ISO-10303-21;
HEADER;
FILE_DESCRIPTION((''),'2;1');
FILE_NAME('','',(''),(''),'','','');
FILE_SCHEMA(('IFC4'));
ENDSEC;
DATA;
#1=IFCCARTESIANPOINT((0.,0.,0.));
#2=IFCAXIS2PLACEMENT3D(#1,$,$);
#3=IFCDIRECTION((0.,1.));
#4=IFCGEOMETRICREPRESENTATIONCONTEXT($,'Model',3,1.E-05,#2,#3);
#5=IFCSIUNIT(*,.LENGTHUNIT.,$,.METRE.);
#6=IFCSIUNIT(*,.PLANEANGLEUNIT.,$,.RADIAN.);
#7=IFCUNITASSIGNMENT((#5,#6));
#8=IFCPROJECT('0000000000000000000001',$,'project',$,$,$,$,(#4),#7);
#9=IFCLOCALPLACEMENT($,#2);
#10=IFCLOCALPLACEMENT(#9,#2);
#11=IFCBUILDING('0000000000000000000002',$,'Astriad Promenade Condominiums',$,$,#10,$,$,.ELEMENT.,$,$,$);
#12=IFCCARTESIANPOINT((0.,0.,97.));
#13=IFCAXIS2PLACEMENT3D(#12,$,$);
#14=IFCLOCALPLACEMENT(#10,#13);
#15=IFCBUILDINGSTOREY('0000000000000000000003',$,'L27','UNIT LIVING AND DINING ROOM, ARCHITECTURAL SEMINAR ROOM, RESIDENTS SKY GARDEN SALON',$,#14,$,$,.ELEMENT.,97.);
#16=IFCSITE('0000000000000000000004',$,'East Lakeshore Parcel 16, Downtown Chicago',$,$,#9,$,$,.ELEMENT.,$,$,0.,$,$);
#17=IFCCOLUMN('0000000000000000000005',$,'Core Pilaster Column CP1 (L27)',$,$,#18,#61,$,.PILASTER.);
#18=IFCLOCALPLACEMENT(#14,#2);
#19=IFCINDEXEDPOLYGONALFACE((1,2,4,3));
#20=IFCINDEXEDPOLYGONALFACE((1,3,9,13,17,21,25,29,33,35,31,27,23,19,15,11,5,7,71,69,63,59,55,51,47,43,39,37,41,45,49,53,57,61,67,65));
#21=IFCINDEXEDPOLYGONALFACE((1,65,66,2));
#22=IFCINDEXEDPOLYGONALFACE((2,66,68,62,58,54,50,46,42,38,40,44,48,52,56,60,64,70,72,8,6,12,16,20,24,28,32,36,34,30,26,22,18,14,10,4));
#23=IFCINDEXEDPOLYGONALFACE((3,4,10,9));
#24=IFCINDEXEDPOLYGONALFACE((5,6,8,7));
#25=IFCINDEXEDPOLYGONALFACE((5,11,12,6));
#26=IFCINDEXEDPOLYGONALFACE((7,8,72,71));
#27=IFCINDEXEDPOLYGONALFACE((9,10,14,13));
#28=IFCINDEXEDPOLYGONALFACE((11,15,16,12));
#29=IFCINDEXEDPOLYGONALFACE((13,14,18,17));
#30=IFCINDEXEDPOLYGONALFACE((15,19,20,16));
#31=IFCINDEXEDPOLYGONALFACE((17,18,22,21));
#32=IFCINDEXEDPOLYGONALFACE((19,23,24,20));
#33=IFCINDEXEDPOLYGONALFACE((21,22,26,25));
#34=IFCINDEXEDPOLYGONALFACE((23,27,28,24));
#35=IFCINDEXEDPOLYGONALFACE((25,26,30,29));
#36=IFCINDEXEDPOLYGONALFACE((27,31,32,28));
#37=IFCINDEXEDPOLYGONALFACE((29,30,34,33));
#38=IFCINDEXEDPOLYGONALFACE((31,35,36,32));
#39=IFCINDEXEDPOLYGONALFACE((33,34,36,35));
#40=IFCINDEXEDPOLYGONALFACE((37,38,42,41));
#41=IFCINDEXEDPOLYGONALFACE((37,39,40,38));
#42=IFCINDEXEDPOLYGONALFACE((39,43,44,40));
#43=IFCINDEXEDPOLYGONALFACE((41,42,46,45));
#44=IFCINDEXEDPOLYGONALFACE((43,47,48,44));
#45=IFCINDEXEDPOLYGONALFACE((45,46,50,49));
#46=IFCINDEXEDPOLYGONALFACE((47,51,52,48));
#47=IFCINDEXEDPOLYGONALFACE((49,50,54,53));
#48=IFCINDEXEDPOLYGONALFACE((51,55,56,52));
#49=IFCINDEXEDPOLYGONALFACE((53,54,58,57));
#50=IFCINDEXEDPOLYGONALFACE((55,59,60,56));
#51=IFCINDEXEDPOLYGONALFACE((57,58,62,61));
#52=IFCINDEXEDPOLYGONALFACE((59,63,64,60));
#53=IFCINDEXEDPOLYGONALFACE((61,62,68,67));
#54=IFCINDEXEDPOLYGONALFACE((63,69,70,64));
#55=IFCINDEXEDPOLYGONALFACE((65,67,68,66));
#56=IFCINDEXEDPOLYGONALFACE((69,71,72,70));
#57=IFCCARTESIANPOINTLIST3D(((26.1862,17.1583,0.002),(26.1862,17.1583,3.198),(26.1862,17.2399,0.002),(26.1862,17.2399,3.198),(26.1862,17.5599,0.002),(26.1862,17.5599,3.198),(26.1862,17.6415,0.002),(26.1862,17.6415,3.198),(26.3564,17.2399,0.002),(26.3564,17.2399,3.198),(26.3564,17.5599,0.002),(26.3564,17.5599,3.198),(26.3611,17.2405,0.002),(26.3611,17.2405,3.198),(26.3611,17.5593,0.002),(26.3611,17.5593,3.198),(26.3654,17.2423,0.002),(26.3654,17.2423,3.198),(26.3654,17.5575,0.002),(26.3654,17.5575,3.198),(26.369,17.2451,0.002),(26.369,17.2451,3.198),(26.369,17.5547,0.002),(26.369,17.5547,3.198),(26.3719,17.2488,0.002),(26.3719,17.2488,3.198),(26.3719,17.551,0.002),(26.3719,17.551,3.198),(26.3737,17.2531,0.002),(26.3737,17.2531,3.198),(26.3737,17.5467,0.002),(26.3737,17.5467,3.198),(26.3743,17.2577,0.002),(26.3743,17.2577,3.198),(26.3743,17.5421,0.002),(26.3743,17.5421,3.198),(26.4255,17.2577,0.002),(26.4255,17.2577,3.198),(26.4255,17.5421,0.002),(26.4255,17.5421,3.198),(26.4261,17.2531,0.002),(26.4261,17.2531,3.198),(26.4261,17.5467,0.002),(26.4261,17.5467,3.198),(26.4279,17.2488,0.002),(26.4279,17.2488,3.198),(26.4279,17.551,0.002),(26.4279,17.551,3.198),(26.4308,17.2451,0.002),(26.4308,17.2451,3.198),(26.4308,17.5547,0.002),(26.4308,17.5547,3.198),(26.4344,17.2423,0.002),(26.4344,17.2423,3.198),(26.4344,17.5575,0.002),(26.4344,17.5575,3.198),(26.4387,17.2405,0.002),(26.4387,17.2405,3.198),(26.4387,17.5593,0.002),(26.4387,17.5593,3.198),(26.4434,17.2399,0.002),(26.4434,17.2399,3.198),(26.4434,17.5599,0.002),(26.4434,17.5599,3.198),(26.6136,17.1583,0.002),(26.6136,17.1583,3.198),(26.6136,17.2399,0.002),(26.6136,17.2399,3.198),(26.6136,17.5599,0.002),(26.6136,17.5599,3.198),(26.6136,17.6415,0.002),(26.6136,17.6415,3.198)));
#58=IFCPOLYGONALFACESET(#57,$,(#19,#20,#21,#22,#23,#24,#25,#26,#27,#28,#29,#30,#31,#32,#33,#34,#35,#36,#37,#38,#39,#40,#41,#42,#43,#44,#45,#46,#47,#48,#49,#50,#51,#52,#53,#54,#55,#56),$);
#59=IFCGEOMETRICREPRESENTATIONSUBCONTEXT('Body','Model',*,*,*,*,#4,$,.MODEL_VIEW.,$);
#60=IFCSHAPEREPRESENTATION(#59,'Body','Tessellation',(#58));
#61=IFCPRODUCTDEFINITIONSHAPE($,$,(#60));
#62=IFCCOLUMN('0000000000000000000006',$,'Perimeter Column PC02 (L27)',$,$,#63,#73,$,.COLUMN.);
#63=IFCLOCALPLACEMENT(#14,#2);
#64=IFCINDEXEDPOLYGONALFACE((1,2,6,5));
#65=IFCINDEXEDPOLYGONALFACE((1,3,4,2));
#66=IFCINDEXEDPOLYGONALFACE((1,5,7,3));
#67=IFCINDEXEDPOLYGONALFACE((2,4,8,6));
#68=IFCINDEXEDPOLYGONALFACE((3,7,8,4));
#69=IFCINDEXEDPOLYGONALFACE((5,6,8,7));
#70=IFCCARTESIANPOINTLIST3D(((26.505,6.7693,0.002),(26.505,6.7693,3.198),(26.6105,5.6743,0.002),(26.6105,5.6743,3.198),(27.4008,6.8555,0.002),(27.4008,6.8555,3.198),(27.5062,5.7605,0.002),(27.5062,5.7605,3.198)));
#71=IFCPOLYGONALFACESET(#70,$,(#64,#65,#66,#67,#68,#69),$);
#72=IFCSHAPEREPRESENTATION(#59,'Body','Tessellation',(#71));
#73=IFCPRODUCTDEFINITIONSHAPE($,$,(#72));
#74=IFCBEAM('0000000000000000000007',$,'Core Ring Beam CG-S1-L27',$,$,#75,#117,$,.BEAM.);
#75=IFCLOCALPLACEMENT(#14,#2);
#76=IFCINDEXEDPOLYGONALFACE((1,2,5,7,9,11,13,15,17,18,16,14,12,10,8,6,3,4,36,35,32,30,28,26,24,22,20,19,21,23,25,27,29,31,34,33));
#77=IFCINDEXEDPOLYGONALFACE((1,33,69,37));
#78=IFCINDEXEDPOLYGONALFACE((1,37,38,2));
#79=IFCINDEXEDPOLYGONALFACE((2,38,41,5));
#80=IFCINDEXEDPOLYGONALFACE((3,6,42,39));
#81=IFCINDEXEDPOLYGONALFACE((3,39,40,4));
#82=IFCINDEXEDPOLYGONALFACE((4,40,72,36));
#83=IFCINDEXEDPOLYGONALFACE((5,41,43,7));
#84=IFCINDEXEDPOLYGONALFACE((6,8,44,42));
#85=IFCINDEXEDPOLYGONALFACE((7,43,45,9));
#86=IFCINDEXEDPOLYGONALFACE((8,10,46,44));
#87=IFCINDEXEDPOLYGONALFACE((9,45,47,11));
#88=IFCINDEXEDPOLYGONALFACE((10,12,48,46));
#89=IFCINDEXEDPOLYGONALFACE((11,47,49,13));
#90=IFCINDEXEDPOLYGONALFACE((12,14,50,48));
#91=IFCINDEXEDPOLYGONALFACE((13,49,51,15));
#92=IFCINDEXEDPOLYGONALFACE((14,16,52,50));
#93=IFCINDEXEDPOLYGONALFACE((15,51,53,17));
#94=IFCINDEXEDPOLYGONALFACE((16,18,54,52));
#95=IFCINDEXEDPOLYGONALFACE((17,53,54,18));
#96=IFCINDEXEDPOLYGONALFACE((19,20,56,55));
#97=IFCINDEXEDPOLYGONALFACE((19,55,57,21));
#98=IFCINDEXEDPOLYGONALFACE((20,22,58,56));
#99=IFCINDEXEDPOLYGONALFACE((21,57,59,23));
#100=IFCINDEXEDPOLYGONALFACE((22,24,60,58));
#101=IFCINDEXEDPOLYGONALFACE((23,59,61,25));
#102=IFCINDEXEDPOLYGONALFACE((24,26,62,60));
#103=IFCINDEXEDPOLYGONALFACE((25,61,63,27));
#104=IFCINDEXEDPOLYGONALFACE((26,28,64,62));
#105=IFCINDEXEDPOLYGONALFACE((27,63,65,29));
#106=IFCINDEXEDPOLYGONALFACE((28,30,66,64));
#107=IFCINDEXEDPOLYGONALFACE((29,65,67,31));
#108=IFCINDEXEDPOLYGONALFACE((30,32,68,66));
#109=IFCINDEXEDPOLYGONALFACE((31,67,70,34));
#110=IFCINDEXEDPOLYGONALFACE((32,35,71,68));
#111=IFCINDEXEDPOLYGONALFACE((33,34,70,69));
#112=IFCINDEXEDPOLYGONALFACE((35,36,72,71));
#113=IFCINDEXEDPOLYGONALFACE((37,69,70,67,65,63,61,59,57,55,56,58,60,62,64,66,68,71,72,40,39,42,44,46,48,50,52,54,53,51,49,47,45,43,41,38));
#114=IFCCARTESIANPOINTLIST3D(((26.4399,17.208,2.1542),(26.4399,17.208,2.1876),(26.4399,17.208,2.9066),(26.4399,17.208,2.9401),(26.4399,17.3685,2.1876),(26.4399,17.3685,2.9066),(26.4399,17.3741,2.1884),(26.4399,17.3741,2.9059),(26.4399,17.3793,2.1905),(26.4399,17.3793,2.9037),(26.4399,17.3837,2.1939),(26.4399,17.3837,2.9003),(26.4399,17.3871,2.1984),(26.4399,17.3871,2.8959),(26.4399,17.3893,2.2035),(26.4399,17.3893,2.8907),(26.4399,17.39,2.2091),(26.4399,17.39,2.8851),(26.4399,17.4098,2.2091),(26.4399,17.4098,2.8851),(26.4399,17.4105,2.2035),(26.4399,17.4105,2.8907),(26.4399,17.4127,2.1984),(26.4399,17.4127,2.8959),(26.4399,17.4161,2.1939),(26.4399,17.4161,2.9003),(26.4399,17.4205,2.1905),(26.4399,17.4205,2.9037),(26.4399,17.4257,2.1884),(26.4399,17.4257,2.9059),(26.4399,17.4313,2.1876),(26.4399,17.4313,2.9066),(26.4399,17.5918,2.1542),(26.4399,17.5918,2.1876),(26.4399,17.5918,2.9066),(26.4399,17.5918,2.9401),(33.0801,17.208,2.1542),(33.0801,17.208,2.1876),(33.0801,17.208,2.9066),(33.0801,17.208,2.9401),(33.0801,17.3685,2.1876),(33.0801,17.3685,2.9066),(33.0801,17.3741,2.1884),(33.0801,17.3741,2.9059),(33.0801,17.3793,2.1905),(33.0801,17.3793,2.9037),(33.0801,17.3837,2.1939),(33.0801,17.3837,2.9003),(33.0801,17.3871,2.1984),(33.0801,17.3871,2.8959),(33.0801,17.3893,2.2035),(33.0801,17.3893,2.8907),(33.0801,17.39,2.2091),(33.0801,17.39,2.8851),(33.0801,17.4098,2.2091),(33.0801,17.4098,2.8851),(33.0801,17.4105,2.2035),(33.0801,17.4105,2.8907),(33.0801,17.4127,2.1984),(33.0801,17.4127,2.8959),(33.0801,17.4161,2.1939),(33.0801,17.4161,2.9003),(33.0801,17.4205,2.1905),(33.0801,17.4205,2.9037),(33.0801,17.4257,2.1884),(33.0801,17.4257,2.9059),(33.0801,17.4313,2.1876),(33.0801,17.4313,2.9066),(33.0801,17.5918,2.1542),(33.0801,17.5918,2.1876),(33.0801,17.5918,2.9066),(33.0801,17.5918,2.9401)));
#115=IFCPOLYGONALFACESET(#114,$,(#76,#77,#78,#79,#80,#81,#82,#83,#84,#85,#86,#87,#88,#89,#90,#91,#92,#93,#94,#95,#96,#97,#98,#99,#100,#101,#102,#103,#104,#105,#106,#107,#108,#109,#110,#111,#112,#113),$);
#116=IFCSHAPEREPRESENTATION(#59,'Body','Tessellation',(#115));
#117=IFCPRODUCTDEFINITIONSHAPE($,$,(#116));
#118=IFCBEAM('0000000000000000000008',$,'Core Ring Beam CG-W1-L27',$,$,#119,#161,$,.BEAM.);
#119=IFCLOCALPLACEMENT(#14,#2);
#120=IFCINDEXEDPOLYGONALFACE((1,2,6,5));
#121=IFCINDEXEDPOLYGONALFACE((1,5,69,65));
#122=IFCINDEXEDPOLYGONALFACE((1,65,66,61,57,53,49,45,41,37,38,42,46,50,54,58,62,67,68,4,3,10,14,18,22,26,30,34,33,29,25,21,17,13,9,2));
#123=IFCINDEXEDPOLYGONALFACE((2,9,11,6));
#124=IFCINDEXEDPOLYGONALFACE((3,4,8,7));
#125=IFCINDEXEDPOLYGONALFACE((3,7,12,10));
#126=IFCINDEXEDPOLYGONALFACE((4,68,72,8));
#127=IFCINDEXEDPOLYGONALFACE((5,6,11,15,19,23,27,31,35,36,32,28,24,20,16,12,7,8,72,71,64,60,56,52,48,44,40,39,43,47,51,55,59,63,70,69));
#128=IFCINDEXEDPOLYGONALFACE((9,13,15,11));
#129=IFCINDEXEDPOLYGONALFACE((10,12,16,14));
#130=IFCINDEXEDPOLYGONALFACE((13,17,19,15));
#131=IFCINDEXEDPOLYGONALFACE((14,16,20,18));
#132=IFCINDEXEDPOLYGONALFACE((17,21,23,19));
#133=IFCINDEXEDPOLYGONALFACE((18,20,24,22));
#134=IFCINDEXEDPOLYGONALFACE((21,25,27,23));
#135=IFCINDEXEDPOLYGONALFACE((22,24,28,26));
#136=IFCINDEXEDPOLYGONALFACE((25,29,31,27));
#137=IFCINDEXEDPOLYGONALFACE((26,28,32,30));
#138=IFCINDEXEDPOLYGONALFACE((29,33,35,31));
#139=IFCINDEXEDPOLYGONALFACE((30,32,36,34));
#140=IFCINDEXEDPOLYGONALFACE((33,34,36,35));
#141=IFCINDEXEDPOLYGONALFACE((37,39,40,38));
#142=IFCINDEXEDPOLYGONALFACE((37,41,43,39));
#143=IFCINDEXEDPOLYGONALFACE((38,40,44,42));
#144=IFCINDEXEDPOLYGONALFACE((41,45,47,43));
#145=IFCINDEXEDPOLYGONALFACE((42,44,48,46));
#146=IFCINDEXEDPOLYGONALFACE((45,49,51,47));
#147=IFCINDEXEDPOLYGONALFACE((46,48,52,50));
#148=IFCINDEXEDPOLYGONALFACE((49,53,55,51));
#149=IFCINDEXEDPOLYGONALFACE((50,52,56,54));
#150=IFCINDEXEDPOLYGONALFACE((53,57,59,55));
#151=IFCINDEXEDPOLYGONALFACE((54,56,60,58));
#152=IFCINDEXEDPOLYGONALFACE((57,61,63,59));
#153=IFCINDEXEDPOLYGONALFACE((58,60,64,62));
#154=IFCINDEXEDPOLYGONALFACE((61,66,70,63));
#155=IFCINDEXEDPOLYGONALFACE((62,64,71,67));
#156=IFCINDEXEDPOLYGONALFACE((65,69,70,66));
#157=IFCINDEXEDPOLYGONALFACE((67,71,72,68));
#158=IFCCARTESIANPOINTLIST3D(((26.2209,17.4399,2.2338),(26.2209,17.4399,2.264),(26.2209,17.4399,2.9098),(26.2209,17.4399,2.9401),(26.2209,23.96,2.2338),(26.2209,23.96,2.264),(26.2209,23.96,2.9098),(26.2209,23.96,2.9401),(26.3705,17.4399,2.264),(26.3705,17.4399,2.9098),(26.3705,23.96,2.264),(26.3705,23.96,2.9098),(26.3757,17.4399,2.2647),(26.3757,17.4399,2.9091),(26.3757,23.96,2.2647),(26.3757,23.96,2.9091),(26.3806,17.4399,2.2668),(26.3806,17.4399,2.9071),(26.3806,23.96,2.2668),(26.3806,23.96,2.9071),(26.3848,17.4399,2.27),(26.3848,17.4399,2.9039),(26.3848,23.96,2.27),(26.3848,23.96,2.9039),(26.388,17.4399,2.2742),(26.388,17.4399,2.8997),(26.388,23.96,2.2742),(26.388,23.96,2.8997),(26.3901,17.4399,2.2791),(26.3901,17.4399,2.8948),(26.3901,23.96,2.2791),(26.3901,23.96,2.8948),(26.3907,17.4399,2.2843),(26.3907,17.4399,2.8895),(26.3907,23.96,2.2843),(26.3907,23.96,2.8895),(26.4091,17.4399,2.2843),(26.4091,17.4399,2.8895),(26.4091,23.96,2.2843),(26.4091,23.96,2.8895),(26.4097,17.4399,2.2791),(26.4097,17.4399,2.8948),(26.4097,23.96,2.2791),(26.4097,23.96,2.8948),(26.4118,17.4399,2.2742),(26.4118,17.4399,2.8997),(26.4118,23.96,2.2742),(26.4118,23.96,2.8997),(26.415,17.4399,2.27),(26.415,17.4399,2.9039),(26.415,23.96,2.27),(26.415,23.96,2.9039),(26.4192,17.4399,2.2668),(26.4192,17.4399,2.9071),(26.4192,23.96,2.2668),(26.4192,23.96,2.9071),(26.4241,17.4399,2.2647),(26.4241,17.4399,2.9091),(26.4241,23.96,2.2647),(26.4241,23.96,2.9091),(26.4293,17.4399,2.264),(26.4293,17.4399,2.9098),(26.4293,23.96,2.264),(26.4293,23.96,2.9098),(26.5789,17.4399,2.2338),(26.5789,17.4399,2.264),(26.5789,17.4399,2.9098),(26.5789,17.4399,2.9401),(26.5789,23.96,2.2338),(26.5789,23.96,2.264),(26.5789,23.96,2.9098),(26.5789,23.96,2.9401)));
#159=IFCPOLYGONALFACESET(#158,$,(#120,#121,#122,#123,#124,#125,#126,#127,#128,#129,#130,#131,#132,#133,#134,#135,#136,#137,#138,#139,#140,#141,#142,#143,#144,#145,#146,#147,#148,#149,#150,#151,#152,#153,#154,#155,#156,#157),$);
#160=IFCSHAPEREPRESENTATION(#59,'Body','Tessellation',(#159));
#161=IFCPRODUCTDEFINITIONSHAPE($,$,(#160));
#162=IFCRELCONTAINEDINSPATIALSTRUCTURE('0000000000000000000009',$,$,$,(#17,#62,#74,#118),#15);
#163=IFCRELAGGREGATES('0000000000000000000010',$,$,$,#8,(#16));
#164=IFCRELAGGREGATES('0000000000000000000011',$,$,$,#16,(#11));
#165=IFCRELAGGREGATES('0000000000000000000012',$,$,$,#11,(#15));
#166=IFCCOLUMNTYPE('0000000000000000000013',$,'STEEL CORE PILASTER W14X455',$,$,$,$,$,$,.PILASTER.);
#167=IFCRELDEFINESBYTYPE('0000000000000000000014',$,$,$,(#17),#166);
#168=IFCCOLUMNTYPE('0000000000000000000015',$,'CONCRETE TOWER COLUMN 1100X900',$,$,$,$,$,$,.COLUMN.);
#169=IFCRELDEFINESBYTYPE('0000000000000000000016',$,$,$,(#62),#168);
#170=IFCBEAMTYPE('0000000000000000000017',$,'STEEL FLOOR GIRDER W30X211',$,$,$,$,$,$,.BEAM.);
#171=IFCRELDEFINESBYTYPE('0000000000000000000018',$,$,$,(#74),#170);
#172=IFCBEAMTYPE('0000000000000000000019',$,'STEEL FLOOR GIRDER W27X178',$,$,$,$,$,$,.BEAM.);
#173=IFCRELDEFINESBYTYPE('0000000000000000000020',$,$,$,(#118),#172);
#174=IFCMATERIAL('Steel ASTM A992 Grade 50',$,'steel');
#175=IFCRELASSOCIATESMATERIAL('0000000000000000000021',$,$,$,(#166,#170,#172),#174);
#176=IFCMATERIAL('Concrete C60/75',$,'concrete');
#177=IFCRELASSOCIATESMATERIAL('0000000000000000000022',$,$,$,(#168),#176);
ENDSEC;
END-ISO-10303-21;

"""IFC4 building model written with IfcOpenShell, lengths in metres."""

from ifc_helpers import new_model, si_unit, direction, frame, origin, origin_2d, place, context, subcontext, project, spatial, rectangle, i_section, extrude, source, transform, mapped, material, material_profile, profile_set, type_object, type_shapes, element, save


model = new_model("IFC4")

# Units and contexts
model_context = context("Model", 3, precision=1e-05, world=origin(), true_north=direction((0.0, 1.0)))
body_context = subcontext(model_context, "Body", "Model", "MODEL_VIEW")
ifc_project = project(units=[si_unit("LENGTHUNIT", "METRE"), si_unit("PLANEANGLEUNIT", "RADIAN")], contexts=[model_context])

# Site, building, storey
site_placement = place(None, origin())
site = spatial("IfcSite", under=ifc_project, at=site_placement, Name="East Lakeshore Parcel 16, Downtown Chicago", CompositionType="ELEMENT", RefElevation=0.0)
building_placement = place(site_placement, origin())
building = spatial("IfcBuilding", under=site, at=building_placement, Name="Astriad Promenade Condominiums", CompositionType="ELEMENT")
storey_placement = place(building_placement, frame((0.0, 0.0, 97.0)))
storey = spatial("IfcBuildingStorey", under=building, at=storey_placement, Name="L27", Description="UNIT LIVING AND DINING ROOM, ARCHITECTURAL SEMINAR ROOM, RESIDENTS SKY GARDEN SALON", CompositionType="ELEMENT", Elevation=97.0)

# Columns
ifc_material_1 = material(Name="Steel ASTM A992 Grade 50", Category="steel")
ifc_material_profile_1 = material_profile(ifc_material_1, i_section(OverallWidth=0.4275, OverallDepth=0.4832, WebThickness=0.0513, FlangeThickness=0.0815, FilletRadius=0.0178, at=origin_2d()), Name="W14X455")
ifc_profile_set_1 = profile_set([ifc_material_profile_1], Name="Steel ASTM A992 Grade 50")
column_type_1 = type_object("IfcColumnType", Name="STEEL CORE PILASTER W14X455", PredefinedType="PILASTER", material=ifc_profile_set_1)
shared_shape_1 = source(origin(), body_context, "Body", "SweptSolid", [
    extrude(i_section(OverallWidth=0.4275, OverallDepth=0.4832, WebThickness=0.0513, FlangeThickness=0.0815, FilletRadius=0.0178, at=origin_2d()), origin(), (0.0, 0.0, 1.0), 3.196),
])
type_shapes(column_type_1, [shared_shape_1])
column_1_placement = place(storey_placement, frame((26.3999, 17.3999, 0.002), z_axis=(0.0, 0.0, 1.0), x_axis=(1.0, 0.0, 0.0)))
element("IfcColumn", 1, at=column_1_placement, inside=storey, type_object=column_type_1, Name="Core Pilaster Column CP1 (L27)", PredefinedType="PILASTER", context=body_context, shape_type="MappedRepresentation", body=[
    mapped(shared_shape_1, transform((0.0, 0.0, 0.0), scale=1.0)),
])
ifc_material_2 = material(Name="Concrete C60/75", Category="concrete")
ifc_material_profile_2 = material_profile(ifc_material_2, rectangle(XDim=0.8999, YDim=1.1001, at=origin_2d()), Name="RC-COL-1100X900")
ifc_profile_set_2 = profile_set([ifc_material_profile_2], Name="Concrete C60/75")
column_type_2 = type_object("IfcColumnType", Name="CONCRETE TOWER COLUMN 1100X900", PredefinedType="COLUMN", material=ifc_profile_set_2)
shared_shape_2 = source(origin(), body_context, "Body", "SweptSolid", [
    extrude(rectangle(XDim=0.8999, YDim=1.1001, at=origin_2d()), origin(), (0.0, 0.0, 1.0), 3.196),
])
type_shapes(column_type_2, [shared_shape_2])
column_2_placement = place(storey_placement, frame((27.0056, 6.2649, 0.002), z_axis=(0.0, 0.0, 1.0), x_axis=(0.995396, 0.095846, 0.0)))
element("IfcColumn", 2, at=column_2_placement, inside=storey, type_object=column_type_2, Name="Perimeter Column PC02 (L27)", PredefinedType="COLUMN", context=body_context, shape_type="MappedRepresentation", body=[
    mapped(shared_shape_2, transform((0.0, 0.0, 0.0), scale=1.0)),
])

# Beams
ifc_material_profile_3 = material_profile(ifc_material_1, i_section(OverallWidth=0.3838, OverallDepth=0.7859, WebThickness=0.0198, FlangeThickness=0.0334, FilletRadius=0.0215, at=origin_2d()), Name="W30X211")
ifc_profile_set_3 = profile_set([ifc_material_profile_3], Name="Steel ASTM A992 Grade 50")
beam_type_1 = type_object("IfcBeamType", Name="STEEL FLOOR GIRDER W30X211", PredefinedType="BEAM", material=ifc_profile_set_3)
shared_shape_3 = source(origin(), body_context, "Body", "SweptSolid", [
    extrude(i_section(OverallWidth=0.3838, OverallDepth=0.7859, WebThickness=0.0198, FlangeThickness=0.0334, FilletRadius=0.0215, at=origin_2d()), origin(), (0.0, 0.0, 1.0), 6.6401),
])
type_shapes(beam_type_1, [shared_shape_3])
beam_1_placement = place(storey_placement, frame((26.4399, 17.3999, 2.5471), z_axis=(1.0, 0.0, 0.0), x_axis=(0.0, 1.0, 0.0)))
element("IfcBeam", 3, at=beam_1_placement, inside=storey, type_object=beam_type_1, Name="Core Ring Beam CG-S1-L27", PredefinedType="BEAM", context=body_context, shape_type="MappedRepresentation", body=[
    mapped(shared_shape_3, transform((0.0, 0.0, 0.0), scale=1.0)),
])
ifc_material_profile_4 = material_profile(ifc_material_1, i_section(OverallWidth=0.3579, OverallDepth=0.7063, WebThickness=0.0183, FlangeThickness=0.0303, FilletRadius=0.0203, at=origin_2d()), Name="W27X178")
ifc_profile_set_4 = profile_set([ifc_material_profile_4], Name="Steel ASTM A992 Grade 50")
beam_type_2 = type_object("IfcBeamType", Name="STEEL FLOOR GIRDER W27X178", PredefinedType="BEAM", material=ifc_profile_set_4)
shared_shape_4 = source(origin(), body_context, "Body", "SweptSolid", [
    extrude(i_section(OverallWidth=0.3579, OverallDepth=0.7063, WebThickness=0.0183, FlangeThickness=0.0303, FilletRadius=0.0203, at=origin_2d()), origin(), (0.0, 0.0, 1.0), 6.52),
])
beam_2_placement = place(storey_placement, frame((26.3999, 17.4399, 2.5869), z_axis=(0.0, 1.0, 0.0), x_axis=(-1.0, 0.0, 0.0)))
element("IfcBeam", 4, at=beam_2_placement, inside=storey, type_object=beam_type_2, Name="Core Ring Beam CG-W1-L27", PredefinedType="BEAM", context=body_context, shape_type="MappedRepresentation", body=[
    mapped(shared_shape_4, transform((0.0, 0.0, 0.0), scale=1.0)),
])

save(model, "model.ifc")
